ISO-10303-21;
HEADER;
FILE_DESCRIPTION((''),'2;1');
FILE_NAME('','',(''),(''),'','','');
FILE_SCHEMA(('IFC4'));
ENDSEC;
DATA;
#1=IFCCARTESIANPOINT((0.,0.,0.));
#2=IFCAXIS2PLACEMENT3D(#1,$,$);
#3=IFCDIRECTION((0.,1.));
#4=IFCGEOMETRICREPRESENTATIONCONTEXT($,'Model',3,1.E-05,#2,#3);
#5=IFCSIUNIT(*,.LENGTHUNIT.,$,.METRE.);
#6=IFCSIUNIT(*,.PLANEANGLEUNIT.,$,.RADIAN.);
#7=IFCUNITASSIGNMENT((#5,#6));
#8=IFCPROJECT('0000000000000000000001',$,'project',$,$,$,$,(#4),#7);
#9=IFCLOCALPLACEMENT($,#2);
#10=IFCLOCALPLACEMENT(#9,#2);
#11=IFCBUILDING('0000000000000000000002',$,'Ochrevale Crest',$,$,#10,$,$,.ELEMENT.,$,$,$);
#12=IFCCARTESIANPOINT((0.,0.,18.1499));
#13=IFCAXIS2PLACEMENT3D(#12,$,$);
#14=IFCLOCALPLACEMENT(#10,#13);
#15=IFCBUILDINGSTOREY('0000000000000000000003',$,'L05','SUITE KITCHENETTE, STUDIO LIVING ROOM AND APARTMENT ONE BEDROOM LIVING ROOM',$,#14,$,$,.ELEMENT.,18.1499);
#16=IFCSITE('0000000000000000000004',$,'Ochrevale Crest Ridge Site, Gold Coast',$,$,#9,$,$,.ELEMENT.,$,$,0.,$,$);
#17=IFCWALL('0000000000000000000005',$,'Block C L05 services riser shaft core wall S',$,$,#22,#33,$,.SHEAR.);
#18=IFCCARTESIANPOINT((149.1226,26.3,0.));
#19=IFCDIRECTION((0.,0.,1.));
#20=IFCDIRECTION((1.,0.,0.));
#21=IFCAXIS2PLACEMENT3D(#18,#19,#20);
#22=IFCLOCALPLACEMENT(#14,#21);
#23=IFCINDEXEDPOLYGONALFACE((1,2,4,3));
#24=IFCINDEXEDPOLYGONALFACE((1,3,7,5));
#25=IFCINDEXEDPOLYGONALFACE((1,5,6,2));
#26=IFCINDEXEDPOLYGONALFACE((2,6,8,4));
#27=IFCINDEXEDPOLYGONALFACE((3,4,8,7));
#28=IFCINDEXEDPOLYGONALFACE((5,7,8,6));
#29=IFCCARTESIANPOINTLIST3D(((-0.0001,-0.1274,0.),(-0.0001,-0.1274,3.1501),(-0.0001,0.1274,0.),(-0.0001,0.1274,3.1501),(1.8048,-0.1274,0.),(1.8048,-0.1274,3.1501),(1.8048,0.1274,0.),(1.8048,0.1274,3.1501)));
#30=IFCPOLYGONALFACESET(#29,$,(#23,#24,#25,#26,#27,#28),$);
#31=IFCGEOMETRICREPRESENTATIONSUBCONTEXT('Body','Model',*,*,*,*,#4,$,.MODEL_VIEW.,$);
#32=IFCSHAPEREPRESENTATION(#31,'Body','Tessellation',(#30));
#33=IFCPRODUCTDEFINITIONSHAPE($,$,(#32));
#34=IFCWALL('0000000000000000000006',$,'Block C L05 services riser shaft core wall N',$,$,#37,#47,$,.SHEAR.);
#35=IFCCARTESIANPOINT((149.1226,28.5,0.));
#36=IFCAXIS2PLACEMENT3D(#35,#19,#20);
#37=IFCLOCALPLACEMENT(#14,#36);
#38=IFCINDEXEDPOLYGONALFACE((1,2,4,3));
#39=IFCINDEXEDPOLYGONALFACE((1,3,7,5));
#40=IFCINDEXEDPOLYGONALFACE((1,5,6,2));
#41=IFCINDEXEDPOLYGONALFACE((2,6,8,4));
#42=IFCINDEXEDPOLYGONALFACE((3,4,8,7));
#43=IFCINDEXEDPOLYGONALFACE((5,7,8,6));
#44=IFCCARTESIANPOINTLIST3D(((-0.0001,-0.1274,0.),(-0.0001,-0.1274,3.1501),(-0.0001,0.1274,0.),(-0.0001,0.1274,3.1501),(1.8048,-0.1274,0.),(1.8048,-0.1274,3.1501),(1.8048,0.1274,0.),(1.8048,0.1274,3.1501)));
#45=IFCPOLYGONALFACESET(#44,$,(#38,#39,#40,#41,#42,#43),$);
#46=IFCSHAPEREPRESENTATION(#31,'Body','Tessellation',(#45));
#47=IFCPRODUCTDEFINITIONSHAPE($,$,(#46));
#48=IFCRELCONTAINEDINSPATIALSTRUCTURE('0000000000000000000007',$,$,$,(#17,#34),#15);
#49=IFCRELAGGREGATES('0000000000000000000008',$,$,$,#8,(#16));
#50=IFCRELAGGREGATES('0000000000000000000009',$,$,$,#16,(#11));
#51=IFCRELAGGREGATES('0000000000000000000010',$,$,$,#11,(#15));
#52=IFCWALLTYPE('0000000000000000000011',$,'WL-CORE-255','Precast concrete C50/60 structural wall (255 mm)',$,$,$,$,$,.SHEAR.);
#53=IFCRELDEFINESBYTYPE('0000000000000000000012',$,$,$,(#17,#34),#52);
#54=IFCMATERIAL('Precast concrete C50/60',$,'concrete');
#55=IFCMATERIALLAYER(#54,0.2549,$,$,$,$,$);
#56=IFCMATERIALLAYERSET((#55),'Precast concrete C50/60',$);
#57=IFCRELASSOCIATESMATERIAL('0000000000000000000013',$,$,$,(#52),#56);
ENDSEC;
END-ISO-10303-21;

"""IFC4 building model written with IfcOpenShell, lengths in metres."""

from ifc_helpers import new_model, si_unit, direction, frame, frame_2d, origin, place, context, subcontext, project, spatial, rectangle, extrude, material, layer, layer_set, type_object, element, save


model = new_model("IFC4")

# Units and contexts
model_context = context("Model", 3, precision=1e-05, world=origin(), true_north=direction((0.0, 1.0)))
body_context = subcontext(model_context, "Body", "Model", "MODEL_VIEW")
ifc_project = project(units=[si_unit("LENGTHUNIT", "METRE"), si_unit("PLANEANGLEUNIT", "RADIAN")], contexts=[model_context])

# Site, building, storey
site_placement = place(None, origin())
site = spatial("IfcSite", under=ifc_project, at=site_placement, Name="Ochrevale Crest Ridge Site, Gold Coast", CompositionType="ELEMENT", RefElevation=0.0)
building_placement = place(site_placement, origin())
building = spatial("IfcBuilding", under=site, at=building_placement, Name="Ochrevale Crest", CompositionType="ELEMENT")
storey_placement = place(building_placement, frame((0.0, 0.0, 18.1499)))
storey = spatial("IfcBuildingStorey", under=building, at=storey_placement, Name="L05", Description="SUITE KITCHENETTE, STUDIO LIVING ROOM AND APARTMENT ONE BEDROOM LIVING ROOM", CompositionType="ELEMENT", Elevation=18.1499)

# Shared definitions
ifc_material_1 = material(Name="Precast concrete C50/60", Category="concrete")

# Shared definitions
ifc_layer_1 = layer(ifc_material_1, 0.2549)
ifc_layer_set_1 = layer_set([ifc_layer_1], Name="Precast concrete C50/60")
wall_type_1 = type_object("IfcWallType", Name="WL-CORE-255", Description="Precast concrete C50/60 structural wall (255 mm)", PredefinedType="SHEAR", material=ifc_layer_set_1)

# Walls
for number, where, z_axis, x_axis, name in (
    (1, (149.1226, 26.3, 0.0), (0.0, 0.0, 1.0), (1.0, 0.0, 0.0), "Block C L05 services riser shaft core wall S"),
    (2, (149.1226, 28.5, 0.0), (0.0, 0.0, 1.0), (1.0, 0.0, 0.0), "Block C L05 services riser shaft core wall N"),
):
    element("IfcWall", number, at=place(storey_placement, frame(where, z_axis=z_axis, x_axis=x_axis)), inside=storey, type_object=wall_type_1, Name=name, PredefinedType="SHEAR", context=body_context, shape_type="SweptSolid", body=[
        extrude(rectangle(XDim=1.8049, YDim=0.2549, at=frame_2d((0.9023, 0.0))), origin(), (0.0, 0.0, 1.0), 3.1501),
    ])

save(model, "model.ifc")
